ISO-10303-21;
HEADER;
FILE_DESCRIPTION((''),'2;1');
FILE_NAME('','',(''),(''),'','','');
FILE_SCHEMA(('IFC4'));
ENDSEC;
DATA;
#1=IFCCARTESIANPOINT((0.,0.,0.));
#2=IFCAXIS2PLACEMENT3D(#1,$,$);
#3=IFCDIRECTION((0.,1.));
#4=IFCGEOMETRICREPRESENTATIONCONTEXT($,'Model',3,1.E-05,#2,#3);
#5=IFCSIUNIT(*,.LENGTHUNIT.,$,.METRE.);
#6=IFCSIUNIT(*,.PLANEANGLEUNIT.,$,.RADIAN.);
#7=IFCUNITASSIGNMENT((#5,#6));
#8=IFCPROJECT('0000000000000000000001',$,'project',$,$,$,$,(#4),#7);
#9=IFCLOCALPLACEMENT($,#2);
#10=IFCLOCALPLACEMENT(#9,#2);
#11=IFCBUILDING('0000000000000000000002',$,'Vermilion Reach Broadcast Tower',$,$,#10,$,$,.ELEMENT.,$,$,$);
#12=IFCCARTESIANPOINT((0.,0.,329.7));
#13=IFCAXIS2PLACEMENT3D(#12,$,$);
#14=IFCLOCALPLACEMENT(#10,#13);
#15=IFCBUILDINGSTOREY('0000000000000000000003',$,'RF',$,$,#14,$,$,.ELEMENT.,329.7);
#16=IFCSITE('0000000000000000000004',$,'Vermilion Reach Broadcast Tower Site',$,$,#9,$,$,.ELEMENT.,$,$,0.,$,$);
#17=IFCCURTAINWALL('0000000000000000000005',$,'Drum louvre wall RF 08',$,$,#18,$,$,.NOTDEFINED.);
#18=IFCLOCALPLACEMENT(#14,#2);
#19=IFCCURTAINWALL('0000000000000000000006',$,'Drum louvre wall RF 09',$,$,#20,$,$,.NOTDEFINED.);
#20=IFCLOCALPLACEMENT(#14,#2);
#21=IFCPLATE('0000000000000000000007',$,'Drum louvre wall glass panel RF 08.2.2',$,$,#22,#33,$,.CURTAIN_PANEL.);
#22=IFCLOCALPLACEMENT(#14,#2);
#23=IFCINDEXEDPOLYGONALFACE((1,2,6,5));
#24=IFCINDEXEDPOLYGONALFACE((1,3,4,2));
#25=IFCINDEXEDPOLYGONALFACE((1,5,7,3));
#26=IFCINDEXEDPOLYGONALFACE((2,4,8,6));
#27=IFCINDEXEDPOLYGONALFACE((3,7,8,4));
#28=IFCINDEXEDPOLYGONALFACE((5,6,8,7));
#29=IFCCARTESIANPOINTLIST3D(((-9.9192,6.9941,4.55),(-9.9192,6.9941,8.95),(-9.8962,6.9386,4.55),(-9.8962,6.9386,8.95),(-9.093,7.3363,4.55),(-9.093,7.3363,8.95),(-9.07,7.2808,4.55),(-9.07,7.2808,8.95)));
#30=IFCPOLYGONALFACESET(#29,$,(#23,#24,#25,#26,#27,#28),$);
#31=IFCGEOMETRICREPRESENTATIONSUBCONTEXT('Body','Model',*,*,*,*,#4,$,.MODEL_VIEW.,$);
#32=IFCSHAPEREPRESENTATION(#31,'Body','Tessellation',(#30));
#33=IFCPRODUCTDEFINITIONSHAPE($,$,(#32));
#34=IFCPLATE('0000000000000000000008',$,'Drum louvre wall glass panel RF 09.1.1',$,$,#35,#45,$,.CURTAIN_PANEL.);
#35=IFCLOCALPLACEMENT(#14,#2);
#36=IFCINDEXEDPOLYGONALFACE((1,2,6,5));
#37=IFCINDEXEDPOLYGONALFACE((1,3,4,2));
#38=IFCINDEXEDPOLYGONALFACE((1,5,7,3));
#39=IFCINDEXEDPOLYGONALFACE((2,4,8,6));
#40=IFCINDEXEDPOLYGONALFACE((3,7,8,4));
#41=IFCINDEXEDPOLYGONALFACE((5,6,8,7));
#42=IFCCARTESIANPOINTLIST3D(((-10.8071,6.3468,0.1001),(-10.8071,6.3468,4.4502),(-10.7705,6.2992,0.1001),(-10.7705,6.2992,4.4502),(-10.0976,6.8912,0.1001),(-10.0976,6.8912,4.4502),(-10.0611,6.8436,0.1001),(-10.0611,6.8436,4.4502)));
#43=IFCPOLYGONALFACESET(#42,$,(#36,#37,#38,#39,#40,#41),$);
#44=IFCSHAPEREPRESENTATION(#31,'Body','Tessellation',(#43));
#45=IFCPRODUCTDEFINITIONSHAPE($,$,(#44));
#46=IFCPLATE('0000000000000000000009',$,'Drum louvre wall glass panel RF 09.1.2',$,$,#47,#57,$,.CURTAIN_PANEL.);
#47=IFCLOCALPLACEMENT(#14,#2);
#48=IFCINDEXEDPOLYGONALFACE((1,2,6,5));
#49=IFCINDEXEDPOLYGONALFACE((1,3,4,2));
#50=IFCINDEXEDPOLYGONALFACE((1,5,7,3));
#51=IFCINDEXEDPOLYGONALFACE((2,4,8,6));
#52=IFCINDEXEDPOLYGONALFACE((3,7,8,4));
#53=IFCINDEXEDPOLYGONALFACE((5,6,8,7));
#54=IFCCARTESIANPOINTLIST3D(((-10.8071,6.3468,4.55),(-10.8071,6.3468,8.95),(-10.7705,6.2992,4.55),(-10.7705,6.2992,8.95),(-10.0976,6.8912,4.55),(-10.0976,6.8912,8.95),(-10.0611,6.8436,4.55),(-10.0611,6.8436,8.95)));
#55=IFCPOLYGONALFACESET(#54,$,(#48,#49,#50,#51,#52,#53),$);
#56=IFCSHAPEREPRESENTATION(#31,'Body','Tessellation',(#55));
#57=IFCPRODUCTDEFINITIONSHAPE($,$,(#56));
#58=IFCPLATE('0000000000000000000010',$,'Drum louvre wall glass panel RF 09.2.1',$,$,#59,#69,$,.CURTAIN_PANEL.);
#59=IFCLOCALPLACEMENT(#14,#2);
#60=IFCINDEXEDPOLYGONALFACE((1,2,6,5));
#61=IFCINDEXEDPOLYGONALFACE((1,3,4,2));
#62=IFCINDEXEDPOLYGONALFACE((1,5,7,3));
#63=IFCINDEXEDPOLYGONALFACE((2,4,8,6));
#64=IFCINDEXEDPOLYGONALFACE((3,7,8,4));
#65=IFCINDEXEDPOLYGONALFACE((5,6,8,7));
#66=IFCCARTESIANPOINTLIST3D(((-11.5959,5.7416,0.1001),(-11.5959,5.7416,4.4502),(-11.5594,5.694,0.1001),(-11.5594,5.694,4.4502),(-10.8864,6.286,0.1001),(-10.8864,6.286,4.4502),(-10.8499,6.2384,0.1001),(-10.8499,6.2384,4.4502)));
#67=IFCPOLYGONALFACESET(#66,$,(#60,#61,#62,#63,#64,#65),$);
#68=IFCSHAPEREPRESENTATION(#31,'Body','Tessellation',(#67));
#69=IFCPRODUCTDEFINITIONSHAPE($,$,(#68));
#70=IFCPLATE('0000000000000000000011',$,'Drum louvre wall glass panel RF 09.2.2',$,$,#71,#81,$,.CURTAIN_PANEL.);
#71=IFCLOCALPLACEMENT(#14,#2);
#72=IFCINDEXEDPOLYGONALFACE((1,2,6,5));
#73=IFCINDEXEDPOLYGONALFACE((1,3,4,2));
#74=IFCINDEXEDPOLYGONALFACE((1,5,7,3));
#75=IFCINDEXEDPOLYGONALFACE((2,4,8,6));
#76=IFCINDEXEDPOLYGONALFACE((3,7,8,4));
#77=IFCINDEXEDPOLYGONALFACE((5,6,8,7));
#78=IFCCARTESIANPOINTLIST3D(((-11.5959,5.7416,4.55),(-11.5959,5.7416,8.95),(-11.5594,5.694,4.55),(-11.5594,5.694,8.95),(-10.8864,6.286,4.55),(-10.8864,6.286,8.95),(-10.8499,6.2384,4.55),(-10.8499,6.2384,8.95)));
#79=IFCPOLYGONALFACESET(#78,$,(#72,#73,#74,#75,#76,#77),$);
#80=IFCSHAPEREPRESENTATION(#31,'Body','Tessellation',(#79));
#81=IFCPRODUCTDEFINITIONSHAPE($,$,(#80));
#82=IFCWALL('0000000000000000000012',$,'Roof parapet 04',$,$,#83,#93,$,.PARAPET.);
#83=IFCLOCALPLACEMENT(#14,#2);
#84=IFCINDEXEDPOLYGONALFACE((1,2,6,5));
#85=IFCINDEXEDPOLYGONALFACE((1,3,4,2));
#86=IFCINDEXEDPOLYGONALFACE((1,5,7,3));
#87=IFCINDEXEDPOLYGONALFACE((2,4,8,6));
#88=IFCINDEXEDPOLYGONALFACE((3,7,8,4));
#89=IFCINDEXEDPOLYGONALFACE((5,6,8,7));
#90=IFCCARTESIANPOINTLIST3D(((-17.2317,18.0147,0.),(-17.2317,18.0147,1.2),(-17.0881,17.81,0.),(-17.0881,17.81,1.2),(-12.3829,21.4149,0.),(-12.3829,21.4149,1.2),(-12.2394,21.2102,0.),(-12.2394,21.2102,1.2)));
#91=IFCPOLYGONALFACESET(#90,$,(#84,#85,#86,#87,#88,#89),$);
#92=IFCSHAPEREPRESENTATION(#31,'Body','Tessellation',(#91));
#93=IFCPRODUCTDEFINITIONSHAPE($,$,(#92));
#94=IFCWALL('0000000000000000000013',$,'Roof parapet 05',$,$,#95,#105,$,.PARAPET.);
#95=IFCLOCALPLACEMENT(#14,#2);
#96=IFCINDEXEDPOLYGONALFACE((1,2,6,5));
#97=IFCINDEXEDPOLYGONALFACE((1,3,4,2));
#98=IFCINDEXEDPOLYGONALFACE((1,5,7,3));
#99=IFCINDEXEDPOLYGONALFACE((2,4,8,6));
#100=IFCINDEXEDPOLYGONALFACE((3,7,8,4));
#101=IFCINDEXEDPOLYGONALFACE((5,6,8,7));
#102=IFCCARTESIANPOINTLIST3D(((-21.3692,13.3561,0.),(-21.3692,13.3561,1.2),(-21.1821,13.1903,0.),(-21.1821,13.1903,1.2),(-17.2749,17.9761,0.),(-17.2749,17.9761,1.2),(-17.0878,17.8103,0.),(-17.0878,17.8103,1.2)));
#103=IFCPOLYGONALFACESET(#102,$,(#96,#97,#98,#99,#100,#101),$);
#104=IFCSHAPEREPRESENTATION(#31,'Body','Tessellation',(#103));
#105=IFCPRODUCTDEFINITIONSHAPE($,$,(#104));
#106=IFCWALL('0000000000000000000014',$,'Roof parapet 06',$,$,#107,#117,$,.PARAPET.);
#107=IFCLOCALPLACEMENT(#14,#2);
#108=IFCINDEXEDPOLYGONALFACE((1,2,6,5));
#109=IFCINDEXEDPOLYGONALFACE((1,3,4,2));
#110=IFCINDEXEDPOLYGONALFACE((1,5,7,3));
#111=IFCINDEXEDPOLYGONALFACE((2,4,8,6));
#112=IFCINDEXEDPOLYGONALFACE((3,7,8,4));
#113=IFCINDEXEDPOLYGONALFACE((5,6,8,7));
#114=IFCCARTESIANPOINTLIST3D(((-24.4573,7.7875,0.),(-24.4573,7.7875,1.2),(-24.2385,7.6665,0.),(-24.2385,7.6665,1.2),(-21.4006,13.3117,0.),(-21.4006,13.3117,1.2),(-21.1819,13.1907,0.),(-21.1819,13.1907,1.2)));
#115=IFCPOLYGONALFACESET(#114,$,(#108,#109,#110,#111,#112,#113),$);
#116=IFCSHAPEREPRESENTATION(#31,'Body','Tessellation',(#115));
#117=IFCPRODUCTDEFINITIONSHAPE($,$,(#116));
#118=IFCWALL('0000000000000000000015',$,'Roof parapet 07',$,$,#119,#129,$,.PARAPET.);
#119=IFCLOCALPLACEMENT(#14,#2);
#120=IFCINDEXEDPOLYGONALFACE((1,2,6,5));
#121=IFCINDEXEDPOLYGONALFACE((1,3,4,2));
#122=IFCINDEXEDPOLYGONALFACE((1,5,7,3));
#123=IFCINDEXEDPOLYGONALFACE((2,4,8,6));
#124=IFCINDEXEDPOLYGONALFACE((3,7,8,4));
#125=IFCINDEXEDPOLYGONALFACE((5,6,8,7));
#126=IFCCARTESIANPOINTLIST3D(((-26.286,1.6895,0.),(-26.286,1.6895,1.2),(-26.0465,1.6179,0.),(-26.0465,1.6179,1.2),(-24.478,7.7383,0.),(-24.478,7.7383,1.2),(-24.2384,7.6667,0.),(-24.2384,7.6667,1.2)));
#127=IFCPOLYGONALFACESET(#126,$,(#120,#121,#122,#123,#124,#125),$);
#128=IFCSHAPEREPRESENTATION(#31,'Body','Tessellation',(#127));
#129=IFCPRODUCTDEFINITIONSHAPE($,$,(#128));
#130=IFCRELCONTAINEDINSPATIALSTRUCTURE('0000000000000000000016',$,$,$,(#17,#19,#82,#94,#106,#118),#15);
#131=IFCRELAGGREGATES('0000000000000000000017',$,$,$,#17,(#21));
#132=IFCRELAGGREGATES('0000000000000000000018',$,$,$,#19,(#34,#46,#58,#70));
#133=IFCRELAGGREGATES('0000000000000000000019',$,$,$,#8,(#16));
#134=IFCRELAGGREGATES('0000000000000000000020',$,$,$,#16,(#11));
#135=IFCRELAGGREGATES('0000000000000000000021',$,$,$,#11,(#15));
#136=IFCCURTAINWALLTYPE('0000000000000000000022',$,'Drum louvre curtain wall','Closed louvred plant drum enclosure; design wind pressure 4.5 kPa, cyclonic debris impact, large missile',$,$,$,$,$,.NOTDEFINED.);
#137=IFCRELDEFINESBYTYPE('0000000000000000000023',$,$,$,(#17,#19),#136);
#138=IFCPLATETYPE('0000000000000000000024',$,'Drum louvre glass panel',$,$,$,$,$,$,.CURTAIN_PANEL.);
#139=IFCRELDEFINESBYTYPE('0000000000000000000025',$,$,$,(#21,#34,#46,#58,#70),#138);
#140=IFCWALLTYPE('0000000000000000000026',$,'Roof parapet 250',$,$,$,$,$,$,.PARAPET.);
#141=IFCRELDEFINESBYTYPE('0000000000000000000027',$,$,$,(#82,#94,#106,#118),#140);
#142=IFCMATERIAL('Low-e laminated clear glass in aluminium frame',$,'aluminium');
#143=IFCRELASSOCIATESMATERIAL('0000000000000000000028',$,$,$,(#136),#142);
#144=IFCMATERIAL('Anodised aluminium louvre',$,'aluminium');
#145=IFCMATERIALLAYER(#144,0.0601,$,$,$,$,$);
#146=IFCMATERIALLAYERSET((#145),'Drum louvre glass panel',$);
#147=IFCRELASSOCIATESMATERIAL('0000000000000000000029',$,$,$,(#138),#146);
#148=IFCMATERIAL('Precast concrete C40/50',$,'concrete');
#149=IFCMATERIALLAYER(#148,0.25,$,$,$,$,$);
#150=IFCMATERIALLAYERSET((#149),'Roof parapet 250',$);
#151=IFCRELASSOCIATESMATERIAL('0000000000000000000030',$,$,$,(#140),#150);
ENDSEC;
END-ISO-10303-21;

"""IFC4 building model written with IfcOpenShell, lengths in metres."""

from ifc_helpers import new_model, si_unit, direction, frame, frame_2d, origin, origin_2d, place, context, subcontext, project, spatial, rectangle, extrude, material, layer, layer_set, type_object, element, aggregate, save


model = new_model("IFC4")

# Units and contexts
model_context = context("Model", 3, precision=1e-05, world=origin(), true_north=direction((0.0, 1.0)))
body_context = subcontext(model_context, "Body", "Model", "MODEL_VIEW")
ifc_project = project(units=[si_unit("LENGTHUNIT", "METRE"), si_unit("PLANEANGLEUNIT", "RADIAN")], contexts=[model_context])

# Site, building, storey
site_placement = place(None, origin())
site = spatial("IfcSite", under=ifc_project, at=site_placement, Name="Vermilion Reach Broadcast Tower Site", CompositionType="ELEMENT", RefElevation=0.0)
building_placement = place(site_placement, origin())
building = spatial("IfcBuilding", under=site, at=building_placement, Name="Vermilion Reach Broadcast Tower", CompositionType="ELEMENT")
storey_placement = place(building_placement, frame((0.0, 0.0, 329.7)))
storey = spatial("IfcBuildingStorey", under=building, at=storey_placement, Name="RF", CompositionType="ELEMENT", Elevation=329.7)

# Curtain wall
ifc_material_1 = material(Name="Low-e laminated clear glass in aluminium frame", Category="aluminium")
curtain_wall_type = type_object("IfcCurtainWallType", Name="Drum louvre curtain wall", Description="Closed louvred plant drum enclosure; design wind pressure 4.5 kPa, cyclonic debris impact, large missile", PredefinedType="NOTDEFINED", material=ifc_material_1)
placement = place(storey_placement, origin())
curtain_wall_1 = element("IfcCurtainWall", 1, at=placement, inside=storey, type_object=curtain_wall_type, Name="Drum louvre wall RF 08", PredefinedType="NOTDEFINED")

# Curtain wall
curtain_wall_2 = element("IfcCurtainWall", 2, at=placement, inside=storey, type_object=curtain_wall_type, Name="Drum louvre wall RF 09", PredefinedType="NOTDEFINED")

# Plates
ifc_material_2 = material(Name="Anodised aluminium louvre", Category="aluminium")
ifc_layer_1 = layer(ifc_material_2, 0.0601)
ifc_layer_set_1 = layer_set([ifc_layer_1], Name="Drum louvre glass panel")
plate_type = type_object("IfcPlateType", Name="Drum louvre glass panel", PredefinedType="CURTAIN_PANEL", material=ifc_layer_set_1)
plate_1_placement = place(storey_placement, frame((-9.4946, 7.1375, 4.55), z_axis=(0.0, 0.0, 1.0), x_axis=(-0.92388, -0.382683, 0.0)))
plate_1 = element("IfcPlate", 3, at=plate_1_placement, type_object=plate_type, Name="Drum louvre wall glass panel RF 08.2.2", PredefinedType="CURTAIN_PANEL", context=body_context, shape_type="SweptSolid", body=[
    extrude(rectangle(XDim=0.8943, YDim=0.0601, at=origin_2d()), origin(), (0.0, 0.0, 1.0), 4.3999),
])
aggregate(curtain_wall_1, [plate_1])
plate_2_placement = place(storey_placement, frame((-10.4341, 6.5952, 0.1001), z_axis=(0.0, 0.0, 1.0), x_axis=(-0.793353, -0.608761, 0.0)))
plate_2 = element("IfcPlate", 4, at=plate_2_placement, type_object=plate_type, Name="Drum louvre wall glass panel RF 09.1.1", PredefinedType="CURTAIN_PANEL", context=body_context, shape_type="SweptSolid", body=[
    extrude(rectangle(XDim=0.8943, YDim=0.0601, at=origin_2d()), origin(), (0.0, 0.0, 1.0), 4.3501),
])
plate_3_placement = place(storey_placement, frame((-10.4341, 6.5952, 4.55), z_axis=(0.0, 0.0, 1.0), x_axis=(-0.793353, -0.608761, 0.0)))
plate_3 = element("IfcPlate", 5, at=plate_3_placement, type_object=plate_type, Name="Drum louvre wall glass panel RF 09.1.2", PredefinedType="CURTAIN_PANEL", context=body_context, shape_type="SweptSolid", body=[
    extrude(rectangle(XDim=0.8943, YDim=0.0601, at=origin_2d()), origin(), (0.0, 0.0, 1.0), 4.3999),
])
plate_4_placement = place(storey_placement, frame((-11.2229, 5.99, 0.1001), z_axis=(0.0, 0.0, 1.0), x_axis=(-0.793353, -0.608761, 0.0)))
plate_4 = element("IfcPlate", 6, at=plate_4_placement, type_object=plate_type, Name="Drum louvre wall glass panel RF 09.2.1", PredefinedType="CURTAIN_PANEL", context=body_context, shape_type="SweptSolid", body=[
    extrude(rectangle(XDim=0.8943, YDim=0.0601, at=origin_2d()), origin(), (0.0, 0.0, 1.0), 4.3501),
])
plate_5_placement = place(storey_placement, frame((-11.2229, 5.99, 4.55), z_axis=(0.0, 0.0, 1.0), x_axis=(-0.793353, -0.608761, 0.0)))
plate_5 = element("IfcPlate", 7, at=plate_5_placement, type_object=plate_type, Name="Drum louvre wall glass panel RF 09.2.2", PredefinedType="CURTAIN_PANEL", context=body_context, shape_type="SweptSolid", body=[
    extrude(rectangle(XDim=0.8943, YDim=0.0601, at=origin_2d()), origin(), (0.0, 0.0, 1.0), 4.3999),
])
aggregate(curtain_wall_2, [plate_2, plate_3, plate_4, plate_5])

# Walls
ifc_material_3 = material(Name="Precast concrete C40/50", Category="concrete")
ifc_layer_2 = layer(ifc_material_3, 0.25)
ifc_layer_set_2 = layer_set([ifc_layer_2], Name="Roof parapet 250")
wall_type = type_object("IfcWallType", Name="Roof parapet 250", PredefinedType="PARAPET", material=ifc_layer_set_2)
wall_1_placement = place(storey_placement, frame((-12.3113, 21.3125, 0.0), z_axis=(0.0, 0.0, 1.0), x_axis=(-0.818747, -0.574154, 0.0)))
element("IfcWall", 8, at=wall_1_placement, inside=storey, type_object=wall_type, Name="Roof parapet 04", PredefinedType="PARAPET", context=body_context, shape_type="SweptSolid", body=[
    extrude(rectangle(XDim=5.9221, YDim=0.25, at=frame_2d((2.9609, 0.0))), origin(), (0.0, 0.0, 1.0), 1.2),
])
wall_2_placement = place(storey_placement, frame((-17.1814, 17.8931, 0.0), z_axis=(0.0, 0.0, 1.0), x_axis=(-0.663249, -0.748399, 0.0)))
element("IfcWall", 9, at=wall_2_placement, inside=storey, type_object=wall_type, Name="Roof parapet 05", PredefinedType="PARAPET", context=body_context, shape_type="SweptSolid", body=[
    extrude(rectangle(XDim=6.1731, YDim=0.25, at=frame_2d((3.0864, 0.0))), origin(), (0.0, 0.0, 1.0), 1.2),
])
wall_3_placement = place(storey_placement, frame((-21.2913, 13.2512, 0.0), z_axis=(0.0, 0.0, 1.0), x_axis=(-0.484148, -0.874986, 0.0)))
element("IfcWall", 10, at=wall_3_placement, inside=storey, type_object=wall_type, Name="Roof parapet 06", PredefinedType="PARAPET", context=body_context, shape_type="SweptSolid", body=[
    extrude(rectangle(XDim=6.3135, YDim=0.25, at=frame_2d((3.1567, 0.0))), origin(), (0.0, 0.0, 1.0), 1.2),
])
wall_4_placement = place(storey_placement, frame((-24.3582, 7.7026, 0.0), z_axis=(0.0, 0.0, 1.0), x_axis=(-0.286397, -0.958111, 0.0)))
element("IfcWall", 11, at=wall_4_placement, inside=storey, type_object=wall_type, Name="Roof parapet 07", PredefinedType="PARAPET", context=body_context, shape_type="SweptSolid", body=[
    extrude(rectangle(XDim=6.3132, YDim=0.25, at=frame_2d((3.1567, 0.0))), origin(), (0.0, 0.0, 1.0), 1.2),
])

save(model, "model.ifc")
